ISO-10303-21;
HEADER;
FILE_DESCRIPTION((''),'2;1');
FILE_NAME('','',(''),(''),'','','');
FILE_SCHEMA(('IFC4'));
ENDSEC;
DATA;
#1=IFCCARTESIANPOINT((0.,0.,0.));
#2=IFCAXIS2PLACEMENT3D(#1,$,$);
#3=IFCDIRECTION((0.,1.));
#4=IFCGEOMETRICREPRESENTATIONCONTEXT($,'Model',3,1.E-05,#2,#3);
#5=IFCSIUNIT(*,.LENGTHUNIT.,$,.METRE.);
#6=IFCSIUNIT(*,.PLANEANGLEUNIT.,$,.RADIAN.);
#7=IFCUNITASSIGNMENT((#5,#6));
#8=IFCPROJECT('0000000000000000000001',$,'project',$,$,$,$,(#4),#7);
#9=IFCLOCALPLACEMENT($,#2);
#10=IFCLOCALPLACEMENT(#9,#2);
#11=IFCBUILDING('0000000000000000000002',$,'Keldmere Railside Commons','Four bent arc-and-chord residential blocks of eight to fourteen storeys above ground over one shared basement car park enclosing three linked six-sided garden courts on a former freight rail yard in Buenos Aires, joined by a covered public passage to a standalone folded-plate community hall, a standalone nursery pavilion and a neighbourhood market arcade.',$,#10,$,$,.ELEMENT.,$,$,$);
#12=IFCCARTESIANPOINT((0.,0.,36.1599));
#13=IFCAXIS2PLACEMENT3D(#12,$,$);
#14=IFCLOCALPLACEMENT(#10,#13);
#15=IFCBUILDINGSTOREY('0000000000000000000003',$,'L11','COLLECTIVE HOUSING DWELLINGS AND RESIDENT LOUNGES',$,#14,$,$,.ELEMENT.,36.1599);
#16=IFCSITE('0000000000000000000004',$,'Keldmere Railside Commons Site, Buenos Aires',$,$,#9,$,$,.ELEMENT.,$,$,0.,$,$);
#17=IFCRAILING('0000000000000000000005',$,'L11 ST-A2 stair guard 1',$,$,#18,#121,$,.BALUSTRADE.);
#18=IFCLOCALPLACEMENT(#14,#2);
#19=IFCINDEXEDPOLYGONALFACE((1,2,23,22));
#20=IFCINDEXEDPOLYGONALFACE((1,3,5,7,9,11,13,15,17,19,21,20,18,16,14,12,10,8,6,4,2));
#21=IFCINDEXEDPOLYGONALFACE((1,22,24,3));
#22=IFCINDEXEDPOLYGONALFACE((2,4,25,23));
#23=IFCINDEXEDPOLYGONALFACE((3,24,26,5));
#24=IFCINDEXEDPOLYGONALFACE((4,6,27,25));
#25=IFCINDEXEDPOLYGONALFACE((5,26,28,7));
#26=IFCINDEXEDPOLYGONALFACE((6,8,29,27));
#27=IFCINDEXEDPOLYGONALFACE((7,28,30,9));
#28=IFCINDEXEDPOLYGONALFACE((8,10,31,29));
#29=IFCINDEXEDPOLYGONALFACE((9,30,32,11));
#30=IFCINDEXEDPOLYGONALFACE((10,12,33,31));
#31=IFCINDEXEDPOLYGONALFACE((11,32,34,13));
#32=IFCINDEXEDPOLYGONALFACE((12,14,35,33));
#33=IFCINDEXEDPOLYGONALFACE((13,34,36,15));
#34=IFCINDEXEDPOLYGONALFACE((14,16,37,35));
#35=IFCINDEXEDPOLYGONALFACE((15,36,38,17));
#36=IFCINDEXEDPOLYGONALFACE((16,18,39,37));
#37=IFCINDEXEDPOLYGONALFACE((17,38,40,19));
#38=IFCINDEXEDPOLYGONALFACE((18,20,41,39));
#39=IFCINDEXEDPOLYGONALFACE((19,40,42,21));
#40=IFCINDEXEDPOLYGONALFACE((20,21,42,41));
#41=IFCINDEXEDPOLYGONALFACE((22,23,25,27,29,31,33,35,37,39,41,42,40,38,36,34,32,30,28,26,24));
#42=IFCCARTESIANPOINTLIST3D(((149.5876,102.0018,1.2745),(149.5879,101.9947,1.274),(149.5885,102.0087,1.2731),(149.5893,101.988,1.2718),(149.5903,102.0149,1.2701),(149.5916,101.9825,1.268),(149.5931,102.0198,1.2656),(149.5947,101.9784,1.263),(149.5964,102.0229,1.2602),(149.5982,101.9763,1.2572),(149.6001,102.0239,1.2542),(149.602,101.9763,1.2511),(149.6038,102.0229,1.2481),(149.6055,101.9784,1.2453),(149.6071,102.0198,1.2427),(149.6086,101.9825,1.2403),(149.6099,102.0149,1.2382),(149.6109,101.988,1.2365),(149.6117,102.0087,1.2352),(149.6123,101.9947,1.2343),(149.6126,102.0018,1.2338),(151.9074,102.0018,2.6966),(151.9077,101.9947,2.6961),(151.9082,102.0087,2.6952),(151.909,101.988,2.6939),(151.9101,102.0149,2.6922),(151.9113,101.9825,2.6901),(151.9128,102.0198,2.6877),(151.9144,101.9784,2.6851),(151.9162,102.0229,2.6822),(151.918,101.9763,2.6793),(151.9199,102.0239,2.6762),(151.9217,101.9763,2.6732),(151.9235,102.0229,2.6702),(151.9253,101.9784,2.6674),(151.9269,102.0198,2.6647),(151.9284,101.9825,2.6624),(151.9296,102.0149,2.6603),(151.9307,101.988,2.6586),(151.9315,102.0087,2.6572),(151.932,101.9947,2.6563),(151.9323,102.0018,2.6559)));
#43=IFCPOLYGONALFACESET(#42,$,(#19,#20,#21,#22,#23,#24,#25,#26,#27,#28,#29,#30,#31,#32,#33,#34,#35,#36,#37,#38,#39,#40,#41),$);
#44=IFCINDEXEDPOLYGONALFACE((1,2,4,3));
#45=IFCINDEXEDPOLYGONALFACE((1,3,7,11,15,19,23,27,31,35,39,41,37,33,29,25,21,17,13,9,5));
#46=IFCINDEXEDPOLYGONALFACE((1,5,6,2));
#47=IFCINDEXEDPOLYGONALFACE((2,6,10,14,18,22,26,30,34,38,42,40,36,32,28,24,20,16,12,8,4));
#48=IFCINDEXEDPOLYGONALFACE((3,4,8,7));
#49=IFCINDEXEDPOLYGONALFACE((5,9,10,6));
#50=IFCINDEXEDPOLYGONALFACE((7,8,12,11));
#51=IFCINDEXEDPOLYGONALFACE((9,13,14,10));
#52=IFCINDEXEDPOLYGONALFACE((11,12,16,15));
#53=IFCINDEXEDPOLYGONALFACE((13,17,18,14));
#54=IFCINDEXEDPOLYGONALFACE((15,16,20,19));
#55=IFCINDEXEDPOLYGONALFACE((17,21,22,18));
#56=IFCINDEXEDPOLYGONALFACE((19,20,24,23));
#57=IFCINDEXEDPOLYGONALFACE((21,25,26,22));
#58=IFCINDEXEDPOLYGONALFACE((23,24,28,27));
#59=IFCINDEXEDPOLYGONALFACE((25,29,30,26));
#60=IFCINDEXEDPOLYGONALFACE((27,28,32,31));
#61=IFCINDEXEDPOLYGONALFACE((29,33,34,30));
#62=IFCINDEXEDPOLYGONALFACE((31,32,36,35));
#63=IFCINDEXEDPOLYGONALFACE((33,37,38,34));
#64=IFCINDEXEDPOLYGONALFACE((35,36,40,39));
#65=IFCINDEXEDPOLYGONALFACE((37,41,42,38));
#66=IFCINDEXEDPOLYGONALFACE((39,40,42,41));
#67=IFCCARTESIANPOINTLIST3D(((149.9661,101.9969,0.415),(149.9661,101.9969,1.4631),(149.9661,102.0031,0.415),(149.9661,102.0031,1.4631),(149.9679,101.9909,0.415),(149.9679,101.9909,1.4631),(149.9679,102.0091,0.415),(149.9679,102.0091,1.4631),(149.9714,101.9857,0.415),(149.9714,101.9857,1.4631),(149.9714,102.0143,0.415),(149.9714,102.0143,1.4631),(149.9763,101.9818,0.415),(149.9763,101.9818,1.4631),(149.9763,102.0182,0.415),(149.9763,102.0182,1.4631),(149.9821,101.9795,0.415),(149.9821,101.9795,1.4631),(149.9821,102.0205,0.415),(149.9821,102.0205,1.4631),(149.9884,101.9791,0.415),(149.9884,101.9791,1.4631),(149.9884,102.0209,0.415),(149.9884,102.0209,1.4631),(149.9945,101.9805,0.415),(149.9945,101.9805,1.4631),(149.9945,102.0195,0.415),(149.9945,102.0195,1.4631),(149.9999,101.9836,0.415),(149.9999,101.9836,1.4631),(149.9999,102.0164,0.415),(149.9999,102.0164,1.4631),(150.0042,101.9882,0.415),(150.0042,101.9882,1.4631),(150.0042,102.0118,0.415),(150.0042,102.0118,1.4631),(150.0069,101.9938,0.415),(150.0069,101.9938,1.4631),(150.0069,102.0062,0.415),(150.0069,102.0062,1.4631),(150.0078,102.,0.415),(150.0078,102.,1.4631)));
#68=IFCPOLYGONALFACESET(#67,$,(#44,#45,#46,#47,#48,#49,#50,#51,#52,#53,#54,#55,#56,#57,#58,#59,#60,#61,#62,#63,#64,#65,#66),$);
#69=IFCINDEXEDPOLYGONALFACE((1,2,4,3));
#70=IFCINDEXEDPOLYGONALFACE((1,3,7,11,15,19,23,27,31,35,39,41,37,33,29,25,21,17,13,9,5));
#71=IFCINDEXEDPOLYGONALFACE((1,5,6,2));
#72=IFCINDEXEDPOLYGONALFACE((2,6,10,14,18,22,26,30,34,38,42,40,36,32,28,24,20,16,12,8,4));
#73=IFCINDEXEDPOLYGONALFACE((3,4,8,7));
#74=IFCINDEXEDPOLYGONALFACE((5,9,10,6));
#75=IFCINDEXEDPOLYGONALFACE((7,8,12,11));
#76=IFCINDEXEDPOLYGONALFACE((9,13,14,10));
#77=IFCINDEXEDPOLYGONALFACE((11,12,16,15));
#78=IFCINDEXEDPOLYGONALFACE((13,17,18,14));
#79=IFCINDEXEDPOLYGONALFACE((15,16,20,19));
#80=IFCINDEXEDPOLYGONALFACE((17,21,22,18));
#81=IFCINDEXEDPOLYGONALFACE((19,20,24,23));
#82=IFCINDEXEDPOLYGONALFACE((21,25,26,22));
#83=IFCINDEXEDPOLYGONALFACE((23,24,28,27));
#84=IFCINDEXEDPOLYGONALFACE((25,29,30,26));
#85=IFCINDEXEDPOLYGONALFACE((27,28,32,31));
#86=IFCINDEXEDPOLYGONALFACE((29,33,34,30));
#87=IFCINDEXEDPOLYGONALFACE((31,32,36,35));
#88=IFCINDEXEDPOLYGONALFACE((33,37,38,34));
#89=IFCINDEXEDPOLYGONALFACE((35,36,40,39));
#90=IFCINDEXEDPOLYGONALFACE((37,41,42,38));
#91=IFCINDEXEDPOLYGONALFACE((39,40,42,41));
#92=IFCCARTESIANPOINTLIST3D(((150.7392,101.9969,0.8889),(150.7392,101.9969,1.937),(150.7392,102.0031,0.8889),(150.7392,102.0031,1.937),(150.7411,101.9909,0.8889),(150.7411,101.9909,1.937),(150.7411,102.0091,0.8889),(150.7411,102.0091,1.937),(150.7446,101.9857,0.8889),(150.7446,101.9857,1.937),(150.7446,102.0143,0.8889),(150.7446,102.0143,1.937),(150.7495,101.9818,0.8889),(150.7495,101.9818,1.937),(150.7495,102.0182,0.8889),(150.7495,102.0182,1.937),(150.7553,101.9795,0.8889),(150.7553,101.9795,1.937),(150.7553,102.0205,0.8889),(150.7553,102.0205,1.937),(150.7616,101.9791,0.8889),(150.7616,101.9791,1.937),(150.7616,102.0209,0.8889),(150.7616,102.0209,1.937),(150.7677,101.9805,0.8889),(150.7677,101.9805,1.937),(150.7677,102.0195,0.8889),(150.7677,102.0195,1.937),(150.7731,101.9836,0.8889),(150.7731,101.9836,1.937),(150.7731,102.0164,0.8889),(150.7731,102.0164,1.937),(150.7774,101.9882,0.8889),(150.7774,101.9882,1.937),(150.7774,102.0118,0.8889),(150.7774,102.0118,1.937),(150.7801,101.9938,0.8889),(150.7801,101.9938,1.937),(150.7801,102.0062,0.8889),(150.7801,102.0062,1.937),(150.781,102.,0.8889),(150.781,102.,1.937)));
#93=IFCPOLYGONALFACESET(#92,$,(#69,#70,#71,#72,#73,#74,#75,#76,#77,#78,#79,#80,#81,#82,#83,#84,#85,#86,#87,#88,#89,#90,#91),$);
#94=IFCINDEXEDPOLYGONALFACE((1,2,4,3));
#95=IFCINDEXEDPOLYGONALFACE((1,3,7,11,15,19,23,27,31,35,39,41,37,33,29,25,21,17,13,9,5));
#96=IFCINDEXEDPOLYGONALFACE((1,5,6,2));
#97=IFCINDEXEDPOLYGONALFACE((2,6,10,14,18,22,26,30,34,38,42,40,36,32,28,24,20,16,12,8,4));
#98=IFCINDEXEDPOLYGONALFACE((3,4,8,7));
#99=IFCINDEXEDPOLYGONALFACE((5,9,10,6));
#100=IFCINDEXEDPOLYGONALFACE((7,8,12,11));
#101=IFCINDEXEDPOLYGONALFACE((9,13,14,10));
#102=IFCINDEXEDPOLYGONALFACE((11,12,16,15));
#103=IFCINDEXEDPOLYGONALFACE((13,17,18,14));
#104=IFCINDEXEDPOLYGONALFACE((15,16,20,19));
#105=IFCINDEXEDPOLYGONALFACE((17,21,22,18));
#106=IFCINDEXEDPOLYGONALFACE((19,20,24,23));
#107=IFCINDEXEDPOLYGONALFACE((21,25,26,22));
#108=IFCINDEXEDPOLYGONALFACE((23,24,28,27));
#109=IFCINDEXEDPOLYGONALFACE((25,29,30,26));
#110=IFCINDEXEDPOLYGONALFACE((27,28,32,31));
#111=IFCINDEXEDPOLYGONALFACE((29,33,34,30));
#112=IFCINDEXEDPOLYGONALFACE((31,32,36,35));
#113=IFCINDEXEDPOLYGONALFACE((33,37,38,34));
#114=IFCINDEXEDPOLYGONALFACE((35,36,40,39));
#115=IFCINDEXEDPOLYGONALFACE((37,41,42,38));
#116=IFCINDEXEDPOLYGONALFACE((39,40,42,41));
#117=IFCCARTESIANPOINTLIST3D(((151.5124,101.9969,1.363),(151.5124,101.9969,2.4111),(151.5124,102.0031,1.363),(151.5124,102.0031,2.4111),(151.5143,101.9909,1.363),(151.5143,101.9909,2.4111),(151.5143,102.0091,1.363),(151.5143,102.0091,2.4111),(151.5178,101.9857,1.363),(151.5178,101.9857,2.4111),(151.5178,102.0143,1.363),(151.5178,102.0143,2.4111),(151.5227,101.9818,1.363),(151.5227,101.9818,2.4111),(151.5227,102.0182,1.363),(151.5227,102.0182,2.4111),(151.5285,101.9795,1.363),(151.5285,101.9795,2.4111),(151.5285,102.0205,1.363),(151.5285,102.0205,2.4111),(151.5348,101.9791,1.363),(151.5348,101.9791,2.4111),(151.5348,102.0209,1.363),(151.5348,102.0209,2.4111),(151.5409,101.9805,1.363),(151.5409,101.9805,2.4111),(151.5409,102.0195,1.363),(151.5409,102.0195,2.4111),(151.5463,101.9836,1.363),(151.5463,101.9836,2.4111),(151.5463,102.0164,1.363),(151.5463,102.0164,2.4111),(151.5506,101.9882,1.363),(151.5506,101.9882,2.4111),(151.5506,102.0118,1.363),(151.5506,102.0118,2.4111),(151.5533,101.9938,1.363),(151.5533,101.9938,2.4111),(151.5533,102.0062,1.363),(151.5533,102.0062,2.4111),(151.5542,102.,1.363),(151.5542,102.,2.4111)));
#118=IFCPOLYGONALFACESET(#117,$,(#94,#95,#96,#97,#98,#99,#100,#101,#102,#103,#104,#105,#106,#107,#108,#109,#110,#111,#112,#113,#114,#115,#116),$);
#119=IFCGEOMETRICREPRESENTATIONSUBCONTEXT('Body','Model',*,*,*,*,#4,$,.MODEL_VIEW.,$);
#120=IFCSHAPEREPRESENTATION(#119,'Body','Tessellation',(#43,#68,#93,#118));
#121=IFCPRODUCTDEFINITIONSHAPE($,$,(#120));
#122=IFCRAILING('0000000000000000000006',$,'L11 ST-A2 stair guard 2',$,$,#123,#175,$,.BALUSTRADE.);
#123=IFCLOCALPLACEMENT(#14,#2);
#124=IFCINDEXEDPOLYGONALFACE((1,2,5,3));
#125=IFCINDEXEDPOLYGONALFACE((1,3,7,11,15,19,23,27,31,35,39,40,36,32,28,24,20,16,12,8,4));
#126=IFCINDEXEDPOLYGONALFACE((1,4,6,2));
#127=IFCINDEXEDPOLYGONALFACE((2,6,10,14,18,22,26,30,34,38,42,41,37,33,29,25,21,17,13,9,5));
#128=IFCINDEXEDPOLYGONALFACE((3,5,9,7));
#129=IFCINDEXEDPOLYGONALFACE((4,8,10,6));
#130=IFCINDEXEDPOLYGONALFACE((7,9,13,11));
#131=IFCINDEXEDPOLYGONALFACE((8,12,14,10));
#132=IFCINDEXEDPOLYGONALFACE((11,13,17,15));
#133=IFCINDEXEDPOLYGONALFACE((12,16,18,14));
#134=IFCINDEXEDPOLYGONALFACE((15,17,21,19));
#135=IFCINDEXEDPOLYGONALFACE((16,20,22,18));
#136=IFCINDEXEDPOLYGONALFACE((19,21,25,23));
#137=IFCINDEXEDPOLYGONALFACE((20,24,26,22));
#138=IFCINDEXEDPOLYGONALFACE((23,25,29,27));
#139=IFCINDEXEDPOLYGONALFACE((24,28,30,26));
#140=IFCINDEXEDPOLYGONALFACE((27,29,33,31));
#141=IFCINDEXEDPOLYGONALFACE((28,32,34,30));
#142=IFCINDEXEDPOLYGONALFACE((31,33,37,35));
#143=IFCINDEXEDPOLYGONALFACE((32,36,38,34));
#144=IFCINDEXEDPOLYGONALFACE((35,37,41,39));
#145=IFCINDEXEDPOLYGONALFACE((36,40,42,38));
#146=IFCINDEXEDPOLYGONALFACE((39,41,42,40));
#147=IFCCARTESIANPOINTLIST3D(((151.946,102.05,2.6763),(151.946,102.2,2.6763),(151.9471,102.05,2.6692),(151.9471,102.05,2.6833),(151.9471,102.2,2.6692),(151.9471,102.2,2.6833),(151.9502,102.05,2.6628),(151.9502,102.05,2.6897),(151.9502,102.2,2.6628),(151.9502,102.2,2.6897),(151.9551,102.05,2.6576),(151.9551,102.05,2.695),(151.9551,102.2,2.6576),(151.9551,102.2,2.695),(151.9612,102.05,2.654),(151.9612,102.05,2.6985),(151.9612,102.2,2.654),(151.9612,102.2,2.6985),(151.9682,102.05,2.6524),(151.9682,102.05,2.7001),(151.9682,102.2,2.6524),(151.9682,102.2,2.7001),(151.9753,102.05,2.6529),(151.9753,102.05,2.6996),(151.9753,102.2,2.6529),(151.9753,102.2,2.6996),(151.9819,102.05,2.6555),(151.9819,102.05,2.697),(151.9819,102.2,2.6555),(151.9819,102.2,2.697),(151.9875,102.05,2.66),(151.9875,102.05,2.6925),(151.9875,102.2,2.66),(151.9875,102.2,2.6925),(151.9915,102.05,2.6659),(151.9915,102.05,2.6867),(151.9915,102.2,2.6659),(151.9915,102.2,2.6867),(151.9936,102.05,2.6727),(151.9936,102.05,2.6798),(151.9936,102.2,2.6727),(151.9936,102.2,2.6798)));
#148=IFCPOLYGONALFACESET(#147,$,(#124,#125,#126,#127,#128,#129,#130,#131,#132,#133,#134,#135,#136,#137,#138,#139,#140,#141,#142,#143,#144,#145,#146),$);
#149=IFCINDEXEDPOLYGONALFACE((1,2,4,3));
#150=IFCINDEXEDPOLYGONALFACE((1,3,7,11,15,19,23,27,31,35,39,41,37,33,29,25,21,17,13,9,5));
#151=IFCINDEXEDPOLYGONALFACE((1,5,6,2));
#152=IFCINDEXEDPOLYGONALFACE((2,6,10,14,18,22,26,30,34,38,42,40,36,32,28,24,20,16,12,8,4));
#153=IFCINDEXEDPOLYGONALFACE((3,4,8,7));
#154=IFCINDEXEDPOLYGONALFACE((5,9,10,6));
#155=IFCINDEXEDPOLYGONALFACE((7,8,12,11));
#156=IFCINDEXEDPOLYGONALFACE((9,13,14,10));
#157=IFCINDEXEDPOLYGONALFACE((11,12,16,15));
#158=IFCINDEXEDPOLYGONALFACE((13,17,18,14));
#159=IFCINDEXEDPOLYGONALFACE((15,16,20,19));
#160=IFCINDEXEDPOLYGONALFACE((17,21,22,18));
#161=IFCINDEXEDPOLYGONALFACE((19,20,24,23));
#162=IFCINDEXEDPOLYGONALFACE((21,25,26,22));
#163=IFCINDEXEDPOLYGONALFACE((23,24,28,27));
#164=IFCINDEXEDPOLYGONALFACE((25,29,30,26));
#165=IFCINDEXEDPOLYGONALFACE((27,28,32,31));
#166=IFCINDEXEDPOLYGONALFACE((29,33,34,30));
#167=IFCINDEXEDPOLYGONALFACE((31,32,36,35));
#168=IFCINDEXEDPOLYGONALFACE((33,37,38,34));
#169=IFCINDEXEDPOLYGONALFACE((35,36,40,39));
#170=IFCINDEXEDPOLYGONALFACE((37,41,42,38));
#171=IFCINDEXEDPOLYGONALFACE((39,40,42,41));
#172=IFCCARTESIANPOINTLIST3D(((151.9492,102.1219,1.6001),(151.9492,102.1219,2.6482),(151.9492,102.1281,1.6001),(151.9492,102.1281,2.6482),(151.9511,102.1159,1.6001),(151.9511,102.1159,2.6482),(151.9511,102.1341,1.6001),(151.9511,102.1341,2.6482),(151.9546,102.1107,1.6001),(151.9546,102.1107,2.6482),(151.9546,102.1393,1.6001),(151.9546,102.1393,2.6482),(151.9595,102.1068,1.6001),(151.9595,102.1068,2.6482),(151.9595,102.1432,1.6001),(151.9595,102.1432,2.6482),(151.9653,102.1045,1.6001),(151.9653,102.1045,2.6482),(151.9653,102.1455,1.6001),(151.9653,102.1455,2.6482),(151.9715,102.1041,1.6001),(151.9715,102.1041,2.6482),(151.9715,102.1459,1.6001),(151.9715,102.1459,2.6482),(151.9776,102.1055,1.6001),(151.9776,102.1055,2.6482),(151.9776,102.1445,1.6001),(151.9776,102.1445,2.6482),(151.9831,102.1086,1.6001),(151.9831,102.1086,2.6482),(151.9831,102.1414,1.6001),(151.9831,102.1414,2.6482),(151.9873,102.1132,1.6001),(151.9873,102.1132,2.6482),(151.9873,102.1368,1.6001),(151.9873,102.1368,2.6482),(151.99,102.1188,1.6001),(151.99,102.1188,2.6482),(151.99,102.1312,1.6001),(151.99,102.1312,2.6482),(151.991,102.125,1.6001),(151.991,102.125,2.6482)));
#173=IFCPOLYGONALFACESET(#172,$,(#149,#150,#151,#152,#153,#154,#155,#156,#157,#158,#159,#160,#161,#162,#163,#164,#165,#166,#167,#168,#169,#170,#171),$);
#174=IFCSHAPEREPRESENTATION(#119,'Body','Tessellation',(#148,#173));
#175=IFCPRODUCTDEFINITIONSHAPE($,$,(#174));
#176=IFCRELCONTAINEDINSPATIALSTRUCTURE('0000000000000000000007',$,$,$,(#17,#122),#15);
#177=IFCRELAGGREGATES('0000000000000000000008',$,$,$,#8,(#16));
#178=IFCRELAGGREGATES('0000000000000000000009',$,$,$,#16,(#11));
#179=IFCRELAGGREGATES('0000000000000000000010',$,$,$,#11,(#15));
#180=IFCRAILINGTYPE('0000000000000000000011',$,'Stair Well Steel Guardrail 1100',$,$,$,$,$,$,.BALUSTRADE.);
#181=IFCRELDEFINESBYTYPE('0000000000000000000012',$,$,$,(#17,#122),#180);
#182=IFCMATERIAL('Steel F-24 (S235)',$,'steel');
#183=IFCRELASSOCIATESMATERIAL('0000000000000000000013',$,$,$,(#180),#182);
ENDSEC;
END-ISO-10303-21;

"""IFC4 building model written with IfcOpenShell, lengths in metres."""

from ifc_helpers import new_model, si_unit, direction, frame, origin, origin_2d, place, context, subcontext, project, spatial, circle, extrude, material, type_object, element, save


model = new_model("IFC4")

# Units and contexts
model_context = context("Model", 3, precision=1e-05, world=origin(), true_north=direction((0.0, 1.0)))
body_context = subcontext(model_context, "Body", "Model", "MODEL_VIEW")
ifc_project = project(units=[si_unit("LENGTHUNIT", "METRE"), si_unit("PLANEANGLEUNIT", "RADIAN")], contexts=[model_context])

# Site, building, storey
site_placement = place(None, origin())
site = spatial("IfcSite", under=ifc_project, at=site_placement, Name="Keldmere Railside Commons Site, Buenos Aires", CompositionType="ELEMENT", RefElevation=0.0)
building_placement = place(site_placement, origin())
building = spatial("IfcBuilding", under=site, at=building_placement, Name="Keldmere Railside Commons", Description="Four bent arc-and-chord residential blocks of eight to fourteen storeys above ground over one shared basement car park enclosing three linked six-sided garden courts on a former freight rail yard in Buenos Aires, joined by a covered public passage to a standalone folded-plate community hall, a standalone nursery pavilion and a neighbourhood market arcade.", CompositionType="ELEMENT")
storey_placement = place(building_placement, frame((0.0, 0.0, 36.1599)))
storey = spatial("IfcBuildingStorey", under=building, at=storey_placement, Name="L11", Description="COLLECTIVE HOUSING DWELLINGS AND RESIDENT LOUNGES", CompositionType="ELEMENT", Elevation=36.1599)

# Railings
ifc_material_1 = material(Name="Steel F-24 (S235)", Category="steel")
railing_type_1 = type_object("IfcRailingType", Name="Stair Well Steel Guardrail 1100", PredefinedType="BALUSTRADE", material=ifc_material_1)
railing_1_placement = place(storey_placement, frame((149.6001, 102.0, 0.178)))
element("IfcRailing", 1, at=railing_1_placement, inside=storey, type_object=railing_type_1, Name="L11 ST-A2 stair guard 1", PredefinedType="BALUSTRADE", context=body_context, shape_type="SweptSolid", body=[
    extrude(circle(Radius=0.0239, at=origin_2d()), frame((0.0, 0.0, 1.0762), z_axis=(0.852554, 0.0, 0.52264), x_axis=(0.0, 1.0, 0.0)), (0.0, 0.0, 1.0), 2.7209),
    extrude(circle(Radius=0.021, at=origin_2d()), frame((0.3867, 0.0, 0.2371)), (0.0, 0.0, 1.0), 1.0481),
    extrude(circle(Radius=0.021, at=origin_2d()), frame((1.1599, 0.0, 0.7109)), (0.0, 0.0, 1.0), 1.0481),
    extrude(circle(Radius=0.021, at=origin_2d()), frame((1.9331, 0.0, 1.1851)), (0.0, 0.0, 1.0), 1.0481),
])
railing_2_placement = place(storey_placement, frame((151.97, 102.05, 1.6001)))
element("IfcRailing", 2, at=railing_2_placement, inside=storey, type_object=railing_type_1, Name="L11 ST-A2 stair guard 2", PredefinedType="BALUSTRADE", context=body_context, shape_type="SweptSolid", body=[
    extrude(circle(Radius=0.0239, at=origin_2d()), frame((0.0, 0.0, 1.0762), z_axis=(0.0, 1.0, 0.0), x_axis=(-1.0, 0.0, 0.0)), (0.0, 0.0, 1.0), 0.1499),
    extrude(circle(Radius=0.021, at=origin_2d()), frame((0.0, 0.075, 0.0)), (0.0, 0.0, 1.0), 1.0481),
])

save(model, "model.ifc")
